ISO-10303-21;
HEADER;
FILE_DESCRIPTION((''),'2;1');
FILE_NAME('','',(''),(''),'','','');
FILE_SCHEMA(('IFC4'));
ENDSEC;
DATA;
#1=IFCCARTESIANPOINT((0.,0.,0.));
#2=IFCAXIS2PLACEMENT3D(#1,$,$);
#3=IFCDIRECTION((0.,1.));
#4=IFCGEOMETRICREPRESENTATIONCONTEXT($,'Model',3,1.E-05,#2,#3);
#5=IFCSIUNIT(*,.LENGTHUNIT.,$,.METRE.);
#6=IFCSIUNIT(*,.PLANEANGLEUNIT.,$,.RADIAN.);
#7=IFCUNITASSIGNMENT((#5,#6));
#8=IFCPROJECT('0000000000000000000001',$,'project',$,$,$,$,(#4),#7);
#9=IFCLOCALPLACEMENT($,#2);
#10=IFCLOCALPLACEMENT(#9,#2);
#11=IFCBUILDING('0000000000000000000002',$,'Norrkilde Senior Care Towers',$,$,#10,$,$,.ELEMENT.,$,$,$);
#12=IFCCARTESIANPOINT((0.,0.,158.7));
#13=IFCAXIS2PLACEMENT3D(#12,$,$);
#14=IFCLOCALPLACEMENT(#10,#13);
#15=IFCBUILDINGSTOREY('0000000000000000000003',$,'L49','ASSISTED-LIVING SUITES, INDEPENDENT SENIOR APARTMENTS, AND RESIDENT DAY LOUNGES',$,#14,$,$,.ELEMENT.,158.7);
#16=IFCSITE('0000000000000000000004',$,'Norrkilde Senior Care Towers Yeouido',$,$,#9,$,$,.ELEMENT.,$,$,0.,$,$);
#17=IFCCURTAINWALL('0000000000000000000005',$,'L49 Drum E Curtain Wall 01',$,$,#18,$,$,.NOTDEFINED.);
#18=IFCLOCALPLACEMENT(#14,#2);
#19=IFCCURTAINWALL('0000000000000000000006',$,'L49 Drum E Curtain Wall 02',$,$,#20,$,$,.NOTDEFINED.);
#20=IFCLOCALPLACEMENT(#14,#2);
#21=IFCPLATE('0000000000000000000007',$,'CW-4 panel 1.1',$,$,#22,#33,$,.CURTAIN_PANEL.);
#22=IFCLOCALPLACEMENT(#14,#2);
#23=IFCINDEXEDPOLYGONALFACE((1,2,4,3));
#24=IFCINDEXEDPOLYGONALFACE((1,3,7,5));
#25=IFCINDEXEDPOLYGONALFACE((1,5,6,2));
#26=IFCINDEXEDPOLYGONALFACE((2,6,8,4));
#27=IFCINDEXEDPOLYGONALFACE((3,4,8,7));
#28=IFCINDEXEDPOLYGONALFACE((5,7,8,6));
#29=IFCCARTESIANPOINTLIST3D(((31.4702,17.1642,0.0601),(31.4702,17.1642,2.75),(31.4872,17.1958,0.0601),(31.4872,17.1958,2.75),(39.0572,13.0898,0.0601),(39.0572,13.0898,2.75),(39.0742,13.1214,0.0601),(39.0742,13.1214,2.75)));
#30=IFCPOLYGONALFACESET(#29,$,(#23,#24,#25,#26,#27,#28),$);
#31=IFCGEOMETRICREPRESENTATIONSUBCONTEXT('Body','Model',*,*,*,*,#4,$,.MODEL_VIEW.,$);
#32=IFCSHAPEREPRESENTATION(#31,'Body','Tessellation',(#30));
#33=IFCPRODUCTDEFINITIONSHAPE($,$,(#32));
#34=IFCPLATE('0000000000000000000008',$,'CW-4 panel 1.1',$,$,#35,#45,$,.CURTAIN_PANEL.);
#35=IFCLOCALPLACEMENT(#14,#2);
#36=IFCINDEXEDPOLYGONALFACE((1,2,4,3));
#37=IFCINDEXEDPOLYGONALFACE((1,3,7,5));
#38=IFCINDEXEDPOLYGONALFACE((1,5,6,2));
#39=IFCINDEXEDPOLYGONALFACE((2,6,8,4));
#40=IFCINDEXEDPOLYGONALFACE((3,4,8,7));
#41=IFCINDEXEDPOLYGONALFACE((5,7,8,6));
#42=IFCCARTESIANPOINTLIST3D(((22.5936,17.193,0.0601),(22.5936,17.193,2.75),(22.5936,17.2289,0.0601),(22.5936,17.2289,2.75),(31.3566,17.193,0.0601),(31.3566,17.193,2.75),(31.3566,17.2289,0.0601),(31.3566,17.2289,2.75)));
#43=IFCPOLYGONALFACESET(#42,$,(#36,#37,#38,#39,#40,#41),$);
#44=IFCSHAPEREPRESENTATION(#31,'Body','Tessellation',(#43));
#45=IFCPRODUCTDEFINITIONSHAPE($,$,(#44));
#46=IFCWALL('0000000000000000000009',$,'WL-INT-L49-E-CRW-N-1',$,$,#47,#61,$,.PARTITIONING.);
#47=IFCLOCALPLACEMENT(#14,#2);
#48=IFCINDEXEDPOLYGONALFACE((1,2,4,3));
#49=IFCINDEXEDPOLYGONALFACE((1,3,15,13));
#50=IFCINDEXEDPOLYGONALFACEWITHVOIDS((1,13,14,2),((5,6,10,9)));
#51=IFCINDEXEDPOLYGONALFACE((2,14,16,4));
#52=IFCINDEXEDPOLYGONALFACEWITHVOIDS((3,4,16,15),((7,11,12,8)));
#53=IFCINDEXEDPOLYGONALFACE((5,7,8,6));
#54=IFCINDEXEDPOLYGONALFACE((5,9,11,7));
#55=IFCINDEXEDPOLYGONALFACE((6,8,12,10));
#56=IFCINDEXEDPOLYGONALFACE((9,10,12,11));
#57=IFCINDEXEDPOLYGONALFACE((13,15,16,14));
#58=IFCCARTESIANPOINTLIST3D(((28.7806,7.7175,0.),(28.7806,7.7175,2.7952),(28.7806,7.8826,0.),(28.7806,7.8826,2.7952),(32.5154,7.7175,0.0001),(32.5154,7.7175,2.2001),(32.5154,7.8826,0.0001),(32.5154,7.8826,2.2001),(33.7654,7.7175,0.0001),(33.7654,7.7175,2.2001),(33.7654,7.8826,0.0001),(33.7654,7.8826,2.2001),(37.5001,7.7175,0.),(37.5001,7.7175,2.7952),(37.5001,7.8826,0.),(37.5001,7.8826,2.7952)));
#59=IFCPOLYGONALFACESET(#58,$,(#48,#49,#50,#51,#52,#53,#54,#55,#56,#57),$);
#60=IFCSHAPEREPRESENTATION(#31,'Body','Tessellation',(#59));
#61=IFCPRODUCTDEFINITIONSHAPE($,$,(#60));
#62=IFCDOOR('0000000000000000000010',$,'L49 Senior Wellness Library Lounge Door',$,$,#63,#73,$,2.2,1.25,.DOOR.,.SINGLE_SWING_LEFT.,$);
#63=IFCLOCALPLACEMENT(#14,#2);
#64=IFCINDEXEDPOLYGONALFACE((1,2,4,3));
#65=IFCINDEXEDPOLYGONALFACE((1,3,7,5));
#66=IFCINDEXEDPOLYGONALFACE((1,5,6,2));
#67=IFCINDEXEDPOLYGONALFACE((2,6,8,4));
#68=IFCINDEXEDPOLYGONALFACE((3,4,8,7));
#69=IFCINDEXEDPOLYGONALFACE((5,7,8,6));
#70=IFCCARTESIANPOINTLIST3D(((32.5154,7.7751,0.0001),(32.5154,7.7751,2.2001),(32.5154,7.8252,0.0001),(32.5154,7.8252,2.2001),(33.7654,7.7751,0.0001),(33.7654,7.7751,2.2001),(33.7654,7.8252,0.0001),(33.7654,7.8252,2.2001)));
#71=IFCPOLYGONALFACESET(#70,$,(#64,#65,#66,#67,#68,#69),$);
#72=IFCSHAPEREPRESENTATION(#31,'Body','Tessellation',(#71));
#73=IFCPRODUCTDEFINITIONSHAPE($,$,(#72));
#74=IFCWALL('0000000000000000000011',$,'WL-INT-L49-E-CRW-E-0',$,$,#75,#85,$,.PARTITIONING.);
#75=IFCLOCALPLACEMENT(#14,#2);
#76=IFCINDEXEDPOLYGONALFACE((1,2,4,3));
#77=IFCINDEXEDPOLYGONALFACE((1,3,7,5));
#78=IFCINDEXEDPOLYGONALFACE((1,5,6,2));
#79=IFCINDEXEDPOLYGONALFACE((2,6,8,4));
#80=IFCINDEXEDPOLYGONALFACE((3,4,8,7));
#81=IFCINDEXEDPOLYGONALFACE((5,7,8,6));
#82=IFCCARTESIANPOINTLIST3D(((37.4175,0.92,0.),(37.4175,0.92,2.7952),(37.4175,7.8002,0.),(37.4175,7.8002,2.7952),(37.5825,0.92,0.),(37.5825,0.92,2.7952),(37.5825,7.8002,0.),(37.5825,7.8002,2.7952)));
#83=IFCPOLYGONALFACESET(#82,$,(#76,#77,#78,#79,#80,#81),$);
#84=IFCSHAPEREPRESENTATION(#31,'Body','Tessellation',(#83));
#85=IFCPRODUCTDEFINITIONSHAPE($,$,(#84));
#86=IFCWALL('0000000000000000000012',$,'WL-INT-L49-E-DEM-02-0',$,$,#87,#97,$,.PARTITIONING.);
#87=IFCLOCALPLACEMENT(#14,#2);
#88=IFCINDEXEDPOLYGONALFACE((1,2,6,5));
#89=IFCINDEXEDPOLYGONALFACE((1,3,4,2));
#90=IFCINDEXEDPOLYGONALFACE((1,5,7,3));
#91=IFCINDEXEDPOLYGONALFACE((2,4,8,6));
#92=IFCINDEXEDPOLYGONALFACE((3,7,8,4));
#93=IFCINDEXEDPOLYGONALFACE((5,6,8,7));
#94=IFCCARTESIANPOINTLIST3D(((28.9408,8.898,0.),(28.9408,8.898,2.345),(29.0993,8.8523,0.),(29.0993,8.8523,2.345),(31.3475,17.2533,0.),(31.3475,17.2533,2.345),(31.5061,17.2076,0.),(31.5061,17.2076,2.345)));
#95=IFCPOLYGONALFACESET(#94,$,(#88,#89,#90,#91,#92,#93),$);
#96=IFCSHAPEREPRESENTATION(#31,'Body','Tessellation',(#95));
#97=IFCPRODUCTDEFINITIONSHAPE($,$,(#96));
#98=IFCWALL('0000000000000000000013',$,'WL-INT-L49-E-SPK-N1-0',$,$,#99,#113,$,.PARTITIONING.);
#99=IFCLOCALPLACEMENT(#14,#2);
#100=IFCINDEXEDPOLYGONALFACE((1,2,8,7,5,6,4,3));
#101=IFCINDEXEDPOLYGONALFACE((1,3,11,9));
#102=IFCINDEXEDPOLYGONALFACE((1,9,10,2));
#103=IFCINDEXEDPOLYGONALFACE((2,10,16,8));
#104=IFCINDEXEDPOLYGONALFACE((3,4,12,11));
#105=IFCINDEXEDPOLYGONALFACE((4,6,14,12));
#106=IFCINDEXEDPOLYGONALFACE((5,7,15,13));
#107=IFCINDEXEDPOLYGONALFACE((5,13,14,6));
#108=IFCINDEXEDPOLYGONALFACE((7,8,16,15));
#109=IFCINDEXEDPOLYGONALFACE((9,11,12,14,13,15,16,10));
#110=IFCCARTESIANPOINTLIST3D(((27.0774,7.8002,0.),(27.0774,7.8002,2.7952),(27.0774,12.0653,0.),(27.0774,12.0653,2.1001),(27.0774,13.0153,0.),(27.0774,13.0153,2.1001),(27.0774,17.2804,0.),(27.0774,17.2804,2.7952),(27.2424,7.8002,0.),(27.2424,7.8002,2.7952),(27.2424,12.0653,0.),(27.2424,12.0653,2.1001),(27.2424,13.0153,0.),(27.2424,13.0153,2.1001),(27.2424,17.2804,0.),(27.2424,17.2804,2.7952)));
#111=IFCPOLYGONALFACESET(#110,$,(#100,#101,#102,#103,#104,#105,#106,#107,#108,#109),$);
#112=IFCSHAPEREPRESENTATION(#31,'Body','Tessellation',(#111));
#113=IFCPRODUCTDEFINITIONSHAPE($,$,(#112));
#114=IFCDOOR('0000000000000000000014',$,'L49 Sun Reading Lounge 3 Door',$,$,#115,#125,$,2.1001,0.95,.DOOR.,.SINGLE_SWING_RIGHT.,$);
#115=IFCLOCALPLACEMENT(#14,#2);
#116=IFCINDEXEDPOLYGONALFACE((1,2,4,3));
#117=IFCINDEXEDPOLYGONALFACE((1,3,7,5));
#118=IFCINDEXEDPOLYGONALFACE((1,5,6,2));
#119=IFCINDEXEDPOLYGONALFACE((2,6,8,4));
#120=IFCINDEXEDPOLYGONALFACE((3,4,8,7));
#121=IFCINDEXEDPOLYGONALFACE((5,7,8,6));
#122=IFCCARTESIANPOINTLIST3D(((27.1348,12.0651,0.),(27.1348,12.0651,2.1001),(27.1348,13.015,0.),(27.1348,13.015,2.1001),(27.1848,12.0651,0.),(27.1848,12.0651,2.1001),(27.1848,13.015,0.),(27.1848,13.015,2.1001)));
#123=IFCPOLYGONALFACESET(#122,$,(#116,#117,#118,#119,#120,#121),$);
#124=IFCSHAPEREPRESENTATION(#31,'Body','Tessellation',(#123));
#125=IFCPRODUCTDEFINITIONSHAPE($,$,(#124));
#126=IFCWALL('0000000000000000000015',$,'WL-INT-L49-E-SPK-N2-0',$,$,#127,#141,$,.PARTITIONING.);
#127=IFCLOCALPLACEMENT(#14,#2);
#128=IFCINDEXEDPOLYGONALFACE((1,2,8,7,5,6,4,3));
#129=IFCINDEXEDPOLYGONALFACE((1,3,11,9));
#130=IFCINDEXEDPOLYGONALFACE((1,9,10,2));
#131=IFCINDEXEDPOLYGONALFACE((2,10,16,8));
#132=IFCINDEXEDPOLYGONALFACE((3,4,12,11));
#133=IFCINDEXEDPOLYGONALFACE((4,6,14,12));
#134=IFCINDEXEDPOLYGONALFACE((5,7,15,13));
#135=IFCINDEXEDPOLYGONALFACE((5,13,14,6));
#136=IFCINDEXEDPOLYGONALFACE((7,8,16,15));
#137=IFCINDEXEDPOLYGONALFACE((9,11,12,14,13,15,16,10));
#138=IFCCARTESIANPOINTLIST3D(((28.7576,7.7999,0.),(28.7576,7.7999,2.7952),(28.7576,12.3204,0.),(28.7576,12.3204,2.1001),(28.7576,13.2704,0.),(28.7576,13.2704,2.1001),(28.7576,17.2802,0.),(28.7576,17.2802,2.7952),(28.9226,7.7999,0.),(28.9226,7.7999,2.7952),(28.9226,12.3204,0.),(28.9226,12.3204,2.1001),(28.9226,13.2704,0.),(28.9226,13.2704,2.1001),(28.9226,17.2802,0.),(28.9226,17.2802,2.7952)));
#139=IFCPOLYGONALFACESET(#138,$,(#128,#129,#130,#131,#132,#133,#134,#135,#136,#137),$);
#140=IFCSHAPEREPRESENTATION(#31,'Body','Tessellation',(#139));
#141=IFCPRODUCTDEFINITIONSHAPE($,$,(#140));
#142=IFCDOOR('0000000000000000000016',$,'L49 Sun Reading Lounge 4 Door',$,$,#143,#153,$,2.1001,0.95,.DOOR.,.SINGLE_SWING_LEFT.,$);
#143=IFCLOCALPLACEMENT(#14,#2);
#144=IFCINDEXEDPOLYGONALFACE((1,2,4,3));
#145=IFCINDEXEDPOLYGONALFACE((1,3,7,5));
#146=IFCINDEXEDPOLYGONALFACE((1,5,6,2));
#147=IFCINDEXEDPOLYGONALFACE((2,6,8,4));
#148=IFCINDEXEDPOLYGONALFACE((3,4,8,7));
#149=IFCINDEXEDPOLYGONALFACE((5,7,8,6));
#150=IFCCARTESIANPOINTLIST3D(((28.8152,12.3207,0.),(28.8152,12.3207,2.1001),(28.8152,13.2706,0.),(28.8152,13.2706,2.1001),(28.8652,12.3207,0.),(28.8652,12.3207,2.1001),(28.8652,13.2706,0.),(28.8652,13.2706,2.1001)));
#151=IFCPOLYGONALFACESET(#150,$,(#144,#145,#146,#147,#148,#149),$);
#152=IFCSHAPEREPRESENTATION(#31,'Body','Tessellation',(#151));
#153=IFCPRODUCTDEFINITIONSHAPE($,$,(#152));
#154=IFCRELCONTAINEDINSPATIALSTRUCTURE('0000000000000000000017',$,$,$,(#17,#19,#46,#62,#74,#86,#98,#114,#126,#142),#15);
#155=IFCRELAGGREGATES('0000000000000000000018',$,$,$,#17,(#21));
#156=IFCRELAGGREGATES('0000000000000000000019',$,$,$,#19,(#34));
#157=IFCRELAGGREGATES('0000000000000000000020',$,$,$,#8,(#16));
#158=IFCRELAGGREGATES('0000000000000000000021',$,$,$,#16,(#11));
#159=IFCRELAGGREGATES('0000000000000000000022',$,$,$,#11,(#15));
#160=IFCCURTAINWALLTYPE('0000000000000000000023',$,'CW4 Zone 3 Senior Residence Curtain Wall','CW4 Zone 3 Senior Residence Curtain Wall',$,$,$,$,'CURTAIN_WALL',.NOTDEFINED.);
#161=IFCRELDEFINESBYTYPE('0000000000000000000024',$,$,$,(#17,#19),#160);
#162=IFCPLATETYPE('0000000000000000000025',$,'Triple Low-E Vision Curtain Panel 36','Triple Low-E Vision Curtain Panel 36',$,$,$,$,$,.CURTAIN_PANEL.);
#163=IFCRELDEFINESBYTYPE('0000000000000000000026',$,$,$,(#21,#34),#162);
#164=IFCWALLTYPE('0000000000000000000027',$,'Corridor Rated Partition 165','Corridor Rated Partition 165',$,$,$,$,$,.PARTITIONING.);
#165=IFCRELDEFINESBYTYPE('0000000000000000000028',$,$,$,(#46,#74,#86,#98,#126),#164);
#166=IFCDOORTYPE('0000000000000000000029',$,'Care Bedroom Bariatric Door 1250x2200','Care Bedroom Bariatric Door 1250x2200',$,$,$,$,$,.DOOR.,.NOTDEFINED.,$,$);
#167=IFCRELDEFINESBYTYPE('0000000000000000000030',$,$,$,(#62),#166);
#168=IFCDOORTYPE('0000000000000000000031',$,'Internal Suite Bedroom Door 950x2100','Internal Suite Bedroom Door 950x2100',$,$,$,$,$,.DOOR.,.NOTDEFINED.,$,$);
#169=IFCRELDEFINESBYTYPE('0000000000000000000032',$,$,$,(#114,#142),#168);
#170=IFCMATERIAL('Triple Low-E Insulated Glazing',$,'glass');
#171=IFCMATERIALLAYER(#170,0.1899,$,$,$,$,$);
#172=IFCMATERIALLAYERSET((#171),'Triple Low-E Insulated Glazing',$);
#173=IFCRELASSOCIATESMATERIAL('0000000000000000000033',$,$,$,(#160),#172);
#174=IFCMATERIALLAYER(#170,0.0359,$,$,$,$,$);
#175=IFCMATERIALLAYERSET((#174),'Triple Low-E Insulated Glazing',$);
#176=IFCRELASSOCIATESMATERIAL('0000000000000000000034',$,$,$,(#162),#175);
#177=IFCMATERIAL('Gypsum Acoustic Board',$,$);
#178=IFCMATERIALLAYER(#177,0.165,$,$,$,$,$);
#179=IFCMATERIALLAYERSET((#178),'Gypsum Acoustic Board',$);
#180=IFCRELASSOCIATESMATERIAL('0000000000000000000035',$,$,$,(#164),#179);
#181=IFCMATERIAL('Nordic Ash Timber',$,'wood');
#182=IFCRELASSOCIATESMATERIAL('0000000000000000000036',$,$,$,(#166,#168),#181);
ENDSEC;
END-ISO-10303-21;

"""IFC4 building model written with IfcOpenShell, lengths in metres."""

from ifc_helpers import new_model, si_unit, direction, frame, frame_2d, origin, origin_2d, place, context, subcontext, project, spatial, rectangle, extrude, source, transform, mapped, material, layer, layer_set, type_object, type_shapes, element, fill, aggregate, save


model = new_model("IFC4")

# Units and contexts
model_context = context("Model", 3, precision=1e-05, world=origin(), true_north=direction((0.0, 1.0)))
body_context = subcontext(model_context, "Body", "Model", "MODEL_VIEW")
ifc_project = project(units=[si_unit("LENGTHUNIT", "METRE"), si_unit("PLANEANGLEUNIT", "RADIAN")], contexts=[model_context])

# Site, building, storey
site_placement = place(None, origin())
site = spatial("IfcSite", under=ifc_project, at=site_placement, Name="Norrkilde Senior Care Towers Yeouido", CompositionType="ELEMENT", RefElevation=0.0)
building_placement = place(site_placement, origin())
building = spatial("IfcBuilding", under=site, at=building_placement, Name="Norrkilde Senior Care Towers", CompositionType="ELEMENT")
storey_placement = place(building_placement, frame((0.0, 0.0, 158.7)))
storey = spatial("IfcBuildingStorey", under=building, at=storey_placement, Name="L49", Description="ASSISTED-LIVING SUITES, INDEPENDENT SENIOR APARTMENTS, AND RESIDENT DAY LOUNGES", CompositionType="ELEMENT", Elevation=158.7)

# Shared definitions
ifc_material_1 = material(Name="Triple Low-E Insulated Glazing", Category="glass")
ifc_layer_1 = layer(ifc_material_1, 0.1899)
ifc_layer_set_1 = layer_set([ifc_layer_1], Name="Triple Low-E Insulated Glazing")
curtain_wall_type = type_object("IfcCurtainWallType", Name="CW4 Zone 3 Senior Residence Curtain Wall", Description="CW4 Zone 3 Senior Residence Curtain Wall", ElementType="CURTAIN_WALL", PredefinedType="NOTDEFINED", material=ifc_layer_set_1)

# Curtain wall
curtain_wall_1_placement = place(storey_placement, origin())
curtain_wall_1 = element("IfcCurtainWall", 1, at=curtain_wall_1_placement, inside=storey, type_object=curtain_wall_type, Name="L49 Drum E Curtain Wall 01", PredefinedType="NOTDEFINED")

# Curtain wall
curtain_wall_2_placement = place(storey_placement, origin())
curtain_wall_2 = element("IfcCurtainWall", 2, at=curtain_wall_2_placement, inside=storey, type_object=curtain_wall_type, Name="L49 Drum E Curtain Wall 02", PredefinedType="NOTDEFINED")

# Plates
ifc_layer_2 = layer(ifc_material_1, 0.0359)
ifc_layer_set_2 = layer_set([ifc_layer_2], Name="Triple Low-E Insulated Glazing")
plate_type = type_object("IfcPlateType", Name="Triple Low-E Vision Curtain Panel 36", Description="Triple Low-E Vision Curtain Panel 36", PredefinedType="CURTAIN_PANEL", material=ifc_layer_set_2)
shared_shape_1 = source(origin(), body_context, "Body", "SweptSolid", [
    extrude(rectangle(XDim=8.6118, YDim=0.0359, at=origin_2d()), origin(), (0.0, 0.0, 1.0), 2.6899),
])
plate_1_placement = place(storey_placement, frame((35.2722, 15.1428, 0.0601), z_axis=(0.0, 0.0, 1.0), x_axis=(0.881, -0.473117, 0.0)))
plate_1 = element("IfcPlate", 3, at=plate_1_placement, type_object=plate_type, Name="CW-4 panel 1.1", PredefinedType="CURTAIN_PANEL", context=body_context, shape_type="MappedRepresentation", body=[
    mapped(shared_shape_1, transform((0.0, 0.0, 0.0), x_axis=(1.0, 0.0, 0.0), y_axis=(0.0, 1.0, 0.0), z_axis=(0.0, 0.0, 1.0), scale=1.0)),
])
aggregate(curtain_wall_1, [plate_1])
shared_shape_2 = source(origin(), body_context, "Body", "SweptSolid", [
    extrude(rectangle(XDim=8.7629, YDim=0.0359, at=origin_2d()), origin(), (0.0, 0.0, 1.0), 2.6899),
])
plate_2_placement = place(storey_placement, frame((26.9751, 17.2109, 0.0601), z_axis=(0.0, 0.0, 1.0), x_axis=(1.0, 0.0, 0.0)))
plate_2 = element("IfcPlate", 4, at=plate_2_placement, type_object=plate_type, Name="CW-4 panel 1.1", PredefinedType="CURTAIN_PANEL", context=body_context, shape_type="MappedRepresentation", body=[
    mapped(shared_shape_2, transform((0.0, 0.0, 0.0), x_axis=(1.0, 0.0, 0.0), y_axis=(0.0, 1.0, 0.0), z_axis=(0.0, 0.0, 1.0), scale=1.0)),
])
aggregate(curtain_wall_2, [plate_2])

# Wall, opening, door
ifc_material_2 = material(Name="Gypsum Acoustic Board")
ifc_layer_3 = layer(ifc_material_2, 0.165)
ifc_layer_set_3 = layer_set([ifc_layer_3], Name="Gypsum Acoustic Board")
wall_type = type_object("IfcWallType", Name="Corridor Rated Partition 165", Description="Corridor Rated Partition 165", PredefinedType="PARTITIONING", material=ifc_layer_set_3)
shared_shape_3 = source(origin(), body_context, "Body", "SweptSolid", [
    extrude(rectangle(XDim=8.7195, YDim=0.165, at=frame_2d((4.3599, 0.0))), origin(), (0.0, 0.0, 1.0), 2.7952),
])
wall_1_placement = place(storey_placement, frame((28.7805, 7.8, 0.0), z_axis=(0.0, 0.0, 1.0), x_axis=(1.0, 0.0, 0.0)))
wall_1 = element("IfcWall", 5, at=wall_1_placement, inside=storey, type_object=wall_type, Name="WL-INT-L49-E-CRW-N-1", PredefinedType="PARTITIONING", context=body_context, shape_type="MappedRepresentation", body=[
    mapped(shared_shape_3, transform((0.0, 0.0, 0.0), x_axis=(1.0, 0.0, 0.0), y_axis=(0.0, 1.0, 0.0), z_axis=(0.0, 0.0, 1.0), scale=1.0)),
])
opening_1_placement = place(wall_1_placement, frame((3.7349, 0.0, 0.0)))
opening_1 = element("IfcOpeningElement", 6, at=opening_1_placement, cuts=wall_1, PredefinedType="OPENING", context=body_context, shape_type="SweptSolid", body=[
    extrude(rectangle(XDim=1.25, YDim=2.2, at=frame_2d((0.625, 1.1001))), frame((0.0, 0.0925, 0.0), z_axis=(0.0, -1.0, 0.0), x_axis=(1.0, 0.0, 0.0)), (0.0, 0.0, 1.0), 0.1851),
])
ifc_material_3 = material(Name="Nordic Ash Timber", Category="wood")
door_type_1 = type_object("IfcDoorType", Name="Care Bedroom Bariatric Door 1250x2200", Description="Care Bedroom Bariatric Door 1250x2200", OperationType="NOTDEFINED", PredefinedType="DOOR", material=ifc_material_3)
shared_shape_4 = source(origin(), body_context, "Body", "SweptSolid", [
    extrude(rectangle(XDim=1.25, YDim=2.2, at=frame_2d((0.625, 1.1001))), frame((0.0, 0.0249, 0.0), z_axis=(0.0, -1.0, 0.0), x_axis=(1.0, 0.0, 0.0)), (0.0, 0.0, 1.0), 0.05),
])
type_shapes(door_type_1, [shared_shape_4])
door_1_placement = place(opening_1_placement, frame((1.25, 0.0, 0.0), z_axis=(0.0, 0.0, 1.0), x_axis=(-1.0, 0.0, 0.0)))
door_1 = element("IfcDoor", 7, at=door_1_placement, inside=storey, type_object=door_type_1, Name="L49 Senior Wellness Library Lounge Door", OperationType="SINGLE_SWING_LEFT", OverallHeight=2.2, OverallWidth=1.25, PredefinedType="DOOR", context=body_context, shape_type="MappedRepresentation", body=[
    mapped(shared_shape_4, transform((0.0, 0.0, 0.0), x_axis=(1.0, 0.0, 0.0), y_axis=(0.0, 1.0, 0.0), z_axis=(0.0, 0.0, 1.0), scale=1.0)),
])
fill(opening_1, door_1)

# Walls
shared_shape_5 = source(origin(), body_context, "Body", "SweptSolid", [
    extrude(rectangle(XDim=6.8801, YDim=0.165, at=frame_2d((3.4399, 0.0))), origin(), (0.0, 0.0, 1.0), 2.7952),
])
wall_2_placement = place(storey_placement, frame((37.5, 7.8, 0.0), z_axis=(0.0, 0.0, 1.0), x_axis=(0.0, -1.0, 0.0)))
element("IfcWall", 8, at=wall_2_placement, inside=storey, type_object=wall_type, Name="WL-INT-L49-E-CRW-E-0", PredefinedType="PARTITIONING", context=body_context, shape_type="MappedRepresentation", body=[
    mapped(shared_shape_5, transform((0.0, 0.0, 0.0), x_axis=(1.0, 0.0, 0.0), y_axis=(0.0, 1.0, 0.0), z_axis=(0.0, 0.0, 1.0), scale=1.0)),
])
shared_shape_6 = source(origin(), body_context, "Body", "SweptSolid", [
    extrude(rectangle(XDim=8.6951, YDim=0.165, at=frame_2d((4.3477, 0.0))), origin(), (0.0, 0.0, 1.0), 2.345),
])
wall_3_placement = place(storey_placement, frame((29.02, 8.875, 0.0), z_axis=(0.0, 0.0, 1.0), x_axis=(0.276797, 0.960928, 0.0)))
element("IfcWall", 9, at=wall_3_placement, inside=storey, type_object=wall_type, Name="WL-INT-L49-E-DEM-02-0", PredefinedType="PARTITIONING", context=body_context, shape_type="MappedRepresentation", body=[
    mapped(shared_shape_6, transform((0.0, 0.0, 0.0), x_axis=(1.0, 0.0, 0.0), y_axis=(0.0, 1.0, 0.0), z_axis=(0.0, 0.0, 1.0), scale=1.0)),
])

# Walls, openings, doors
shared_shape_7 = source(origin(), body_context, "Body", "SweptSolid", [
    extrude(rectangle(XDim=9.4802, YDim=0.165, at=frame_2d((4.7402, 0.0))), origin(), (0.0, 0.0, 1.0), 2.7952),
])
type_shapes(wall_type, [shared_shape_3, shared_shape_5, shared_shape_6, shared_shape_7])
wall_4_placement = place(storey_placement, frame((27.1599, 7.8, 0.0), z_axis=(0.0, 0.0, 1.0), x_axis=(0.0, 1.0, 0.0)))
wall_4 = element("IfcWall", 10, at=wall_4_placement, inside=storey, type_object=wall_type, Name="WL-INT-L49-E-SPK-N1-0", PredefinedType="PARTITIONING", context=body_context, shape_type="MappedRepresentation", body=[
    mapped(shared_shape_7, transform((0.0, 0.0, 0.0), x_axis=(1.0, 0.0, 0.0), y_axis=(0.0, 1.0, 0.0), z_axis=(0.0, 0.0, 1.0), scale=1.0)),
])
opening_2_placement = place(wall_4_placement, frame((4.2651, 0.0, 0.0)))
opening_2 = element("IfcOpeningElement", 11, at=opening_2_placement, cuts=wall_4, PredefinedType="OPENING", context=body_context, shape_type="SweptSolid", body=[
    extrude(rectangle(XDim=0.95, YDim=2.1001, at=frame_2d((0.4751, 1.05))), frame((0.0, 0.0925, 0.0), z_axis=(0.0, -1.0, 0.0), x_axis=(1.0, 0.0, 0.0)), (0.0, 0.0, 1.0), 0.1851),
])
door_type_2 = type_object("IfcDoorType", Name="Internal Suite Bedroom Door 950x2100", Description="Internal Suite Bedroom Door 950x2100", OperationType="NOTDEFINED", PredefinedType="DOOR", material=ifc_material_3)
shared_shape_8 = source(origin(), body_context, "Body", "SweptSolid", [
    extrude(rectangle(XDim=0.95, YDim=2.1001, at=frame_2d((0.4751, 1.05))), frame((0.0, 0.0249, 0.0), z_axis=(0.0, -1.0, 0.0), x_axis=(1.0, 0.0, 0.0)), (0.0, 0.0, 1.0), 0.05),
])
type_shapes(door_type_2, [shared_shape_8])
door_2_placement = place(opening_2_placement, frame((0.95, 0.0, 0.0), z_axis=(0.0, 0.0, 1.0), x_axis=(-1.0, 0.0, 0.0)))
door_2 = element("IfcDoor", 12, at=door_2_placement, inside=storey, type_object=door_type_2, Name="L49 Sun Reading Lounge 3 Door", OperationType="SINGLE_SWING_RIGHT", OverallHeight=2.1001, OverallWidth=0.95, PredefinedType="DOOR", context=body_context, shape_type="MappedRepresentation", body=[
    mapped(shared_shape_8, transform((0.0, 0.0, 0.0), x_axis=(1.0, 0.0, 0.0), y_axis=(0.0, 1.0, 0.0), z_axis=(0.0, 0.0, 1.0), scale=1.0)),
])
fill(opening_2, door_2)
wall_5_placement = place(storey_placement, frame((28.8401, 17.2803, 0.0), z_axis=(0.0, 0.0, 1.0), x_axis=(0.0, -1.0, 0.0)))
wall_5 = element("IfcWall", 13, at=wall_5_placement, inside=storey, type_object=wall_type, Name="WL-INT-L49-E-SPK-N2-0", PredefinedType="PARTITIONING", context=body_context, shape_type="MappedRepresentation", body=[
    mapped(shared_shape_7, transform((0.0, 0.0, 0.0), x_axis=(1.0, 0.0, 0.0), y_axis=(0.0, 1.0, 0.0), z_axis=(0.0, 0.0, 1.0), scale=1.0)),
])
opening_3_placement = place(wall_5_placement, frame((4.0098, 0.0, 0.0)))
opening_3 = element("IfcOpeningElement", 14, at=opening_3_placement, cuts=wall_5, PredefinedType="OPENING", context=body_context, shape_type="SweptSolid", body=[
    extrude(rectangle(XDim=0.95, YDim=2.1001, at=frame_2d((0.4751, 1.05))), frame((0.0, 0.0925, 0.0), z_axis=(0.0, -1.0, 0.0), x_axis=(1.0, 0.0, 0.0)), (0.0, 0.0, 1.0), 0.1851),
])
door_3_placement = place(opening_3_placement, frame((0.95, 0.0, 0.0), z_axis=(0.0, 0.0, 1.0), x_axis=(-1.0, 0.0, 0.0)))
door_3 = element("IfcDoor", 15, at=door_3_placement, inside=storey, type_object=door_type_2, Name="L49 Sun Reading Lounge 4 Door", OperationType="SINGLE_SWING_LEFT", OverallHeight=2.1001, OverallWidth=0.95, PredefinedType="DOOR", context=body_context, shape_type="MappedRepresentation", body=[
    mapped(shared_shape_8, transform((0.0, 0.0, 0.0), x_axis=(1.0, 0.0, 0.0), y_axis=(0.0, 1.0, 0.0), z_axis=(0.0, 0.0, 1.0), scale=1.0)),
])
fill(opening_3, door_3)

save(model, "model.ifc")
